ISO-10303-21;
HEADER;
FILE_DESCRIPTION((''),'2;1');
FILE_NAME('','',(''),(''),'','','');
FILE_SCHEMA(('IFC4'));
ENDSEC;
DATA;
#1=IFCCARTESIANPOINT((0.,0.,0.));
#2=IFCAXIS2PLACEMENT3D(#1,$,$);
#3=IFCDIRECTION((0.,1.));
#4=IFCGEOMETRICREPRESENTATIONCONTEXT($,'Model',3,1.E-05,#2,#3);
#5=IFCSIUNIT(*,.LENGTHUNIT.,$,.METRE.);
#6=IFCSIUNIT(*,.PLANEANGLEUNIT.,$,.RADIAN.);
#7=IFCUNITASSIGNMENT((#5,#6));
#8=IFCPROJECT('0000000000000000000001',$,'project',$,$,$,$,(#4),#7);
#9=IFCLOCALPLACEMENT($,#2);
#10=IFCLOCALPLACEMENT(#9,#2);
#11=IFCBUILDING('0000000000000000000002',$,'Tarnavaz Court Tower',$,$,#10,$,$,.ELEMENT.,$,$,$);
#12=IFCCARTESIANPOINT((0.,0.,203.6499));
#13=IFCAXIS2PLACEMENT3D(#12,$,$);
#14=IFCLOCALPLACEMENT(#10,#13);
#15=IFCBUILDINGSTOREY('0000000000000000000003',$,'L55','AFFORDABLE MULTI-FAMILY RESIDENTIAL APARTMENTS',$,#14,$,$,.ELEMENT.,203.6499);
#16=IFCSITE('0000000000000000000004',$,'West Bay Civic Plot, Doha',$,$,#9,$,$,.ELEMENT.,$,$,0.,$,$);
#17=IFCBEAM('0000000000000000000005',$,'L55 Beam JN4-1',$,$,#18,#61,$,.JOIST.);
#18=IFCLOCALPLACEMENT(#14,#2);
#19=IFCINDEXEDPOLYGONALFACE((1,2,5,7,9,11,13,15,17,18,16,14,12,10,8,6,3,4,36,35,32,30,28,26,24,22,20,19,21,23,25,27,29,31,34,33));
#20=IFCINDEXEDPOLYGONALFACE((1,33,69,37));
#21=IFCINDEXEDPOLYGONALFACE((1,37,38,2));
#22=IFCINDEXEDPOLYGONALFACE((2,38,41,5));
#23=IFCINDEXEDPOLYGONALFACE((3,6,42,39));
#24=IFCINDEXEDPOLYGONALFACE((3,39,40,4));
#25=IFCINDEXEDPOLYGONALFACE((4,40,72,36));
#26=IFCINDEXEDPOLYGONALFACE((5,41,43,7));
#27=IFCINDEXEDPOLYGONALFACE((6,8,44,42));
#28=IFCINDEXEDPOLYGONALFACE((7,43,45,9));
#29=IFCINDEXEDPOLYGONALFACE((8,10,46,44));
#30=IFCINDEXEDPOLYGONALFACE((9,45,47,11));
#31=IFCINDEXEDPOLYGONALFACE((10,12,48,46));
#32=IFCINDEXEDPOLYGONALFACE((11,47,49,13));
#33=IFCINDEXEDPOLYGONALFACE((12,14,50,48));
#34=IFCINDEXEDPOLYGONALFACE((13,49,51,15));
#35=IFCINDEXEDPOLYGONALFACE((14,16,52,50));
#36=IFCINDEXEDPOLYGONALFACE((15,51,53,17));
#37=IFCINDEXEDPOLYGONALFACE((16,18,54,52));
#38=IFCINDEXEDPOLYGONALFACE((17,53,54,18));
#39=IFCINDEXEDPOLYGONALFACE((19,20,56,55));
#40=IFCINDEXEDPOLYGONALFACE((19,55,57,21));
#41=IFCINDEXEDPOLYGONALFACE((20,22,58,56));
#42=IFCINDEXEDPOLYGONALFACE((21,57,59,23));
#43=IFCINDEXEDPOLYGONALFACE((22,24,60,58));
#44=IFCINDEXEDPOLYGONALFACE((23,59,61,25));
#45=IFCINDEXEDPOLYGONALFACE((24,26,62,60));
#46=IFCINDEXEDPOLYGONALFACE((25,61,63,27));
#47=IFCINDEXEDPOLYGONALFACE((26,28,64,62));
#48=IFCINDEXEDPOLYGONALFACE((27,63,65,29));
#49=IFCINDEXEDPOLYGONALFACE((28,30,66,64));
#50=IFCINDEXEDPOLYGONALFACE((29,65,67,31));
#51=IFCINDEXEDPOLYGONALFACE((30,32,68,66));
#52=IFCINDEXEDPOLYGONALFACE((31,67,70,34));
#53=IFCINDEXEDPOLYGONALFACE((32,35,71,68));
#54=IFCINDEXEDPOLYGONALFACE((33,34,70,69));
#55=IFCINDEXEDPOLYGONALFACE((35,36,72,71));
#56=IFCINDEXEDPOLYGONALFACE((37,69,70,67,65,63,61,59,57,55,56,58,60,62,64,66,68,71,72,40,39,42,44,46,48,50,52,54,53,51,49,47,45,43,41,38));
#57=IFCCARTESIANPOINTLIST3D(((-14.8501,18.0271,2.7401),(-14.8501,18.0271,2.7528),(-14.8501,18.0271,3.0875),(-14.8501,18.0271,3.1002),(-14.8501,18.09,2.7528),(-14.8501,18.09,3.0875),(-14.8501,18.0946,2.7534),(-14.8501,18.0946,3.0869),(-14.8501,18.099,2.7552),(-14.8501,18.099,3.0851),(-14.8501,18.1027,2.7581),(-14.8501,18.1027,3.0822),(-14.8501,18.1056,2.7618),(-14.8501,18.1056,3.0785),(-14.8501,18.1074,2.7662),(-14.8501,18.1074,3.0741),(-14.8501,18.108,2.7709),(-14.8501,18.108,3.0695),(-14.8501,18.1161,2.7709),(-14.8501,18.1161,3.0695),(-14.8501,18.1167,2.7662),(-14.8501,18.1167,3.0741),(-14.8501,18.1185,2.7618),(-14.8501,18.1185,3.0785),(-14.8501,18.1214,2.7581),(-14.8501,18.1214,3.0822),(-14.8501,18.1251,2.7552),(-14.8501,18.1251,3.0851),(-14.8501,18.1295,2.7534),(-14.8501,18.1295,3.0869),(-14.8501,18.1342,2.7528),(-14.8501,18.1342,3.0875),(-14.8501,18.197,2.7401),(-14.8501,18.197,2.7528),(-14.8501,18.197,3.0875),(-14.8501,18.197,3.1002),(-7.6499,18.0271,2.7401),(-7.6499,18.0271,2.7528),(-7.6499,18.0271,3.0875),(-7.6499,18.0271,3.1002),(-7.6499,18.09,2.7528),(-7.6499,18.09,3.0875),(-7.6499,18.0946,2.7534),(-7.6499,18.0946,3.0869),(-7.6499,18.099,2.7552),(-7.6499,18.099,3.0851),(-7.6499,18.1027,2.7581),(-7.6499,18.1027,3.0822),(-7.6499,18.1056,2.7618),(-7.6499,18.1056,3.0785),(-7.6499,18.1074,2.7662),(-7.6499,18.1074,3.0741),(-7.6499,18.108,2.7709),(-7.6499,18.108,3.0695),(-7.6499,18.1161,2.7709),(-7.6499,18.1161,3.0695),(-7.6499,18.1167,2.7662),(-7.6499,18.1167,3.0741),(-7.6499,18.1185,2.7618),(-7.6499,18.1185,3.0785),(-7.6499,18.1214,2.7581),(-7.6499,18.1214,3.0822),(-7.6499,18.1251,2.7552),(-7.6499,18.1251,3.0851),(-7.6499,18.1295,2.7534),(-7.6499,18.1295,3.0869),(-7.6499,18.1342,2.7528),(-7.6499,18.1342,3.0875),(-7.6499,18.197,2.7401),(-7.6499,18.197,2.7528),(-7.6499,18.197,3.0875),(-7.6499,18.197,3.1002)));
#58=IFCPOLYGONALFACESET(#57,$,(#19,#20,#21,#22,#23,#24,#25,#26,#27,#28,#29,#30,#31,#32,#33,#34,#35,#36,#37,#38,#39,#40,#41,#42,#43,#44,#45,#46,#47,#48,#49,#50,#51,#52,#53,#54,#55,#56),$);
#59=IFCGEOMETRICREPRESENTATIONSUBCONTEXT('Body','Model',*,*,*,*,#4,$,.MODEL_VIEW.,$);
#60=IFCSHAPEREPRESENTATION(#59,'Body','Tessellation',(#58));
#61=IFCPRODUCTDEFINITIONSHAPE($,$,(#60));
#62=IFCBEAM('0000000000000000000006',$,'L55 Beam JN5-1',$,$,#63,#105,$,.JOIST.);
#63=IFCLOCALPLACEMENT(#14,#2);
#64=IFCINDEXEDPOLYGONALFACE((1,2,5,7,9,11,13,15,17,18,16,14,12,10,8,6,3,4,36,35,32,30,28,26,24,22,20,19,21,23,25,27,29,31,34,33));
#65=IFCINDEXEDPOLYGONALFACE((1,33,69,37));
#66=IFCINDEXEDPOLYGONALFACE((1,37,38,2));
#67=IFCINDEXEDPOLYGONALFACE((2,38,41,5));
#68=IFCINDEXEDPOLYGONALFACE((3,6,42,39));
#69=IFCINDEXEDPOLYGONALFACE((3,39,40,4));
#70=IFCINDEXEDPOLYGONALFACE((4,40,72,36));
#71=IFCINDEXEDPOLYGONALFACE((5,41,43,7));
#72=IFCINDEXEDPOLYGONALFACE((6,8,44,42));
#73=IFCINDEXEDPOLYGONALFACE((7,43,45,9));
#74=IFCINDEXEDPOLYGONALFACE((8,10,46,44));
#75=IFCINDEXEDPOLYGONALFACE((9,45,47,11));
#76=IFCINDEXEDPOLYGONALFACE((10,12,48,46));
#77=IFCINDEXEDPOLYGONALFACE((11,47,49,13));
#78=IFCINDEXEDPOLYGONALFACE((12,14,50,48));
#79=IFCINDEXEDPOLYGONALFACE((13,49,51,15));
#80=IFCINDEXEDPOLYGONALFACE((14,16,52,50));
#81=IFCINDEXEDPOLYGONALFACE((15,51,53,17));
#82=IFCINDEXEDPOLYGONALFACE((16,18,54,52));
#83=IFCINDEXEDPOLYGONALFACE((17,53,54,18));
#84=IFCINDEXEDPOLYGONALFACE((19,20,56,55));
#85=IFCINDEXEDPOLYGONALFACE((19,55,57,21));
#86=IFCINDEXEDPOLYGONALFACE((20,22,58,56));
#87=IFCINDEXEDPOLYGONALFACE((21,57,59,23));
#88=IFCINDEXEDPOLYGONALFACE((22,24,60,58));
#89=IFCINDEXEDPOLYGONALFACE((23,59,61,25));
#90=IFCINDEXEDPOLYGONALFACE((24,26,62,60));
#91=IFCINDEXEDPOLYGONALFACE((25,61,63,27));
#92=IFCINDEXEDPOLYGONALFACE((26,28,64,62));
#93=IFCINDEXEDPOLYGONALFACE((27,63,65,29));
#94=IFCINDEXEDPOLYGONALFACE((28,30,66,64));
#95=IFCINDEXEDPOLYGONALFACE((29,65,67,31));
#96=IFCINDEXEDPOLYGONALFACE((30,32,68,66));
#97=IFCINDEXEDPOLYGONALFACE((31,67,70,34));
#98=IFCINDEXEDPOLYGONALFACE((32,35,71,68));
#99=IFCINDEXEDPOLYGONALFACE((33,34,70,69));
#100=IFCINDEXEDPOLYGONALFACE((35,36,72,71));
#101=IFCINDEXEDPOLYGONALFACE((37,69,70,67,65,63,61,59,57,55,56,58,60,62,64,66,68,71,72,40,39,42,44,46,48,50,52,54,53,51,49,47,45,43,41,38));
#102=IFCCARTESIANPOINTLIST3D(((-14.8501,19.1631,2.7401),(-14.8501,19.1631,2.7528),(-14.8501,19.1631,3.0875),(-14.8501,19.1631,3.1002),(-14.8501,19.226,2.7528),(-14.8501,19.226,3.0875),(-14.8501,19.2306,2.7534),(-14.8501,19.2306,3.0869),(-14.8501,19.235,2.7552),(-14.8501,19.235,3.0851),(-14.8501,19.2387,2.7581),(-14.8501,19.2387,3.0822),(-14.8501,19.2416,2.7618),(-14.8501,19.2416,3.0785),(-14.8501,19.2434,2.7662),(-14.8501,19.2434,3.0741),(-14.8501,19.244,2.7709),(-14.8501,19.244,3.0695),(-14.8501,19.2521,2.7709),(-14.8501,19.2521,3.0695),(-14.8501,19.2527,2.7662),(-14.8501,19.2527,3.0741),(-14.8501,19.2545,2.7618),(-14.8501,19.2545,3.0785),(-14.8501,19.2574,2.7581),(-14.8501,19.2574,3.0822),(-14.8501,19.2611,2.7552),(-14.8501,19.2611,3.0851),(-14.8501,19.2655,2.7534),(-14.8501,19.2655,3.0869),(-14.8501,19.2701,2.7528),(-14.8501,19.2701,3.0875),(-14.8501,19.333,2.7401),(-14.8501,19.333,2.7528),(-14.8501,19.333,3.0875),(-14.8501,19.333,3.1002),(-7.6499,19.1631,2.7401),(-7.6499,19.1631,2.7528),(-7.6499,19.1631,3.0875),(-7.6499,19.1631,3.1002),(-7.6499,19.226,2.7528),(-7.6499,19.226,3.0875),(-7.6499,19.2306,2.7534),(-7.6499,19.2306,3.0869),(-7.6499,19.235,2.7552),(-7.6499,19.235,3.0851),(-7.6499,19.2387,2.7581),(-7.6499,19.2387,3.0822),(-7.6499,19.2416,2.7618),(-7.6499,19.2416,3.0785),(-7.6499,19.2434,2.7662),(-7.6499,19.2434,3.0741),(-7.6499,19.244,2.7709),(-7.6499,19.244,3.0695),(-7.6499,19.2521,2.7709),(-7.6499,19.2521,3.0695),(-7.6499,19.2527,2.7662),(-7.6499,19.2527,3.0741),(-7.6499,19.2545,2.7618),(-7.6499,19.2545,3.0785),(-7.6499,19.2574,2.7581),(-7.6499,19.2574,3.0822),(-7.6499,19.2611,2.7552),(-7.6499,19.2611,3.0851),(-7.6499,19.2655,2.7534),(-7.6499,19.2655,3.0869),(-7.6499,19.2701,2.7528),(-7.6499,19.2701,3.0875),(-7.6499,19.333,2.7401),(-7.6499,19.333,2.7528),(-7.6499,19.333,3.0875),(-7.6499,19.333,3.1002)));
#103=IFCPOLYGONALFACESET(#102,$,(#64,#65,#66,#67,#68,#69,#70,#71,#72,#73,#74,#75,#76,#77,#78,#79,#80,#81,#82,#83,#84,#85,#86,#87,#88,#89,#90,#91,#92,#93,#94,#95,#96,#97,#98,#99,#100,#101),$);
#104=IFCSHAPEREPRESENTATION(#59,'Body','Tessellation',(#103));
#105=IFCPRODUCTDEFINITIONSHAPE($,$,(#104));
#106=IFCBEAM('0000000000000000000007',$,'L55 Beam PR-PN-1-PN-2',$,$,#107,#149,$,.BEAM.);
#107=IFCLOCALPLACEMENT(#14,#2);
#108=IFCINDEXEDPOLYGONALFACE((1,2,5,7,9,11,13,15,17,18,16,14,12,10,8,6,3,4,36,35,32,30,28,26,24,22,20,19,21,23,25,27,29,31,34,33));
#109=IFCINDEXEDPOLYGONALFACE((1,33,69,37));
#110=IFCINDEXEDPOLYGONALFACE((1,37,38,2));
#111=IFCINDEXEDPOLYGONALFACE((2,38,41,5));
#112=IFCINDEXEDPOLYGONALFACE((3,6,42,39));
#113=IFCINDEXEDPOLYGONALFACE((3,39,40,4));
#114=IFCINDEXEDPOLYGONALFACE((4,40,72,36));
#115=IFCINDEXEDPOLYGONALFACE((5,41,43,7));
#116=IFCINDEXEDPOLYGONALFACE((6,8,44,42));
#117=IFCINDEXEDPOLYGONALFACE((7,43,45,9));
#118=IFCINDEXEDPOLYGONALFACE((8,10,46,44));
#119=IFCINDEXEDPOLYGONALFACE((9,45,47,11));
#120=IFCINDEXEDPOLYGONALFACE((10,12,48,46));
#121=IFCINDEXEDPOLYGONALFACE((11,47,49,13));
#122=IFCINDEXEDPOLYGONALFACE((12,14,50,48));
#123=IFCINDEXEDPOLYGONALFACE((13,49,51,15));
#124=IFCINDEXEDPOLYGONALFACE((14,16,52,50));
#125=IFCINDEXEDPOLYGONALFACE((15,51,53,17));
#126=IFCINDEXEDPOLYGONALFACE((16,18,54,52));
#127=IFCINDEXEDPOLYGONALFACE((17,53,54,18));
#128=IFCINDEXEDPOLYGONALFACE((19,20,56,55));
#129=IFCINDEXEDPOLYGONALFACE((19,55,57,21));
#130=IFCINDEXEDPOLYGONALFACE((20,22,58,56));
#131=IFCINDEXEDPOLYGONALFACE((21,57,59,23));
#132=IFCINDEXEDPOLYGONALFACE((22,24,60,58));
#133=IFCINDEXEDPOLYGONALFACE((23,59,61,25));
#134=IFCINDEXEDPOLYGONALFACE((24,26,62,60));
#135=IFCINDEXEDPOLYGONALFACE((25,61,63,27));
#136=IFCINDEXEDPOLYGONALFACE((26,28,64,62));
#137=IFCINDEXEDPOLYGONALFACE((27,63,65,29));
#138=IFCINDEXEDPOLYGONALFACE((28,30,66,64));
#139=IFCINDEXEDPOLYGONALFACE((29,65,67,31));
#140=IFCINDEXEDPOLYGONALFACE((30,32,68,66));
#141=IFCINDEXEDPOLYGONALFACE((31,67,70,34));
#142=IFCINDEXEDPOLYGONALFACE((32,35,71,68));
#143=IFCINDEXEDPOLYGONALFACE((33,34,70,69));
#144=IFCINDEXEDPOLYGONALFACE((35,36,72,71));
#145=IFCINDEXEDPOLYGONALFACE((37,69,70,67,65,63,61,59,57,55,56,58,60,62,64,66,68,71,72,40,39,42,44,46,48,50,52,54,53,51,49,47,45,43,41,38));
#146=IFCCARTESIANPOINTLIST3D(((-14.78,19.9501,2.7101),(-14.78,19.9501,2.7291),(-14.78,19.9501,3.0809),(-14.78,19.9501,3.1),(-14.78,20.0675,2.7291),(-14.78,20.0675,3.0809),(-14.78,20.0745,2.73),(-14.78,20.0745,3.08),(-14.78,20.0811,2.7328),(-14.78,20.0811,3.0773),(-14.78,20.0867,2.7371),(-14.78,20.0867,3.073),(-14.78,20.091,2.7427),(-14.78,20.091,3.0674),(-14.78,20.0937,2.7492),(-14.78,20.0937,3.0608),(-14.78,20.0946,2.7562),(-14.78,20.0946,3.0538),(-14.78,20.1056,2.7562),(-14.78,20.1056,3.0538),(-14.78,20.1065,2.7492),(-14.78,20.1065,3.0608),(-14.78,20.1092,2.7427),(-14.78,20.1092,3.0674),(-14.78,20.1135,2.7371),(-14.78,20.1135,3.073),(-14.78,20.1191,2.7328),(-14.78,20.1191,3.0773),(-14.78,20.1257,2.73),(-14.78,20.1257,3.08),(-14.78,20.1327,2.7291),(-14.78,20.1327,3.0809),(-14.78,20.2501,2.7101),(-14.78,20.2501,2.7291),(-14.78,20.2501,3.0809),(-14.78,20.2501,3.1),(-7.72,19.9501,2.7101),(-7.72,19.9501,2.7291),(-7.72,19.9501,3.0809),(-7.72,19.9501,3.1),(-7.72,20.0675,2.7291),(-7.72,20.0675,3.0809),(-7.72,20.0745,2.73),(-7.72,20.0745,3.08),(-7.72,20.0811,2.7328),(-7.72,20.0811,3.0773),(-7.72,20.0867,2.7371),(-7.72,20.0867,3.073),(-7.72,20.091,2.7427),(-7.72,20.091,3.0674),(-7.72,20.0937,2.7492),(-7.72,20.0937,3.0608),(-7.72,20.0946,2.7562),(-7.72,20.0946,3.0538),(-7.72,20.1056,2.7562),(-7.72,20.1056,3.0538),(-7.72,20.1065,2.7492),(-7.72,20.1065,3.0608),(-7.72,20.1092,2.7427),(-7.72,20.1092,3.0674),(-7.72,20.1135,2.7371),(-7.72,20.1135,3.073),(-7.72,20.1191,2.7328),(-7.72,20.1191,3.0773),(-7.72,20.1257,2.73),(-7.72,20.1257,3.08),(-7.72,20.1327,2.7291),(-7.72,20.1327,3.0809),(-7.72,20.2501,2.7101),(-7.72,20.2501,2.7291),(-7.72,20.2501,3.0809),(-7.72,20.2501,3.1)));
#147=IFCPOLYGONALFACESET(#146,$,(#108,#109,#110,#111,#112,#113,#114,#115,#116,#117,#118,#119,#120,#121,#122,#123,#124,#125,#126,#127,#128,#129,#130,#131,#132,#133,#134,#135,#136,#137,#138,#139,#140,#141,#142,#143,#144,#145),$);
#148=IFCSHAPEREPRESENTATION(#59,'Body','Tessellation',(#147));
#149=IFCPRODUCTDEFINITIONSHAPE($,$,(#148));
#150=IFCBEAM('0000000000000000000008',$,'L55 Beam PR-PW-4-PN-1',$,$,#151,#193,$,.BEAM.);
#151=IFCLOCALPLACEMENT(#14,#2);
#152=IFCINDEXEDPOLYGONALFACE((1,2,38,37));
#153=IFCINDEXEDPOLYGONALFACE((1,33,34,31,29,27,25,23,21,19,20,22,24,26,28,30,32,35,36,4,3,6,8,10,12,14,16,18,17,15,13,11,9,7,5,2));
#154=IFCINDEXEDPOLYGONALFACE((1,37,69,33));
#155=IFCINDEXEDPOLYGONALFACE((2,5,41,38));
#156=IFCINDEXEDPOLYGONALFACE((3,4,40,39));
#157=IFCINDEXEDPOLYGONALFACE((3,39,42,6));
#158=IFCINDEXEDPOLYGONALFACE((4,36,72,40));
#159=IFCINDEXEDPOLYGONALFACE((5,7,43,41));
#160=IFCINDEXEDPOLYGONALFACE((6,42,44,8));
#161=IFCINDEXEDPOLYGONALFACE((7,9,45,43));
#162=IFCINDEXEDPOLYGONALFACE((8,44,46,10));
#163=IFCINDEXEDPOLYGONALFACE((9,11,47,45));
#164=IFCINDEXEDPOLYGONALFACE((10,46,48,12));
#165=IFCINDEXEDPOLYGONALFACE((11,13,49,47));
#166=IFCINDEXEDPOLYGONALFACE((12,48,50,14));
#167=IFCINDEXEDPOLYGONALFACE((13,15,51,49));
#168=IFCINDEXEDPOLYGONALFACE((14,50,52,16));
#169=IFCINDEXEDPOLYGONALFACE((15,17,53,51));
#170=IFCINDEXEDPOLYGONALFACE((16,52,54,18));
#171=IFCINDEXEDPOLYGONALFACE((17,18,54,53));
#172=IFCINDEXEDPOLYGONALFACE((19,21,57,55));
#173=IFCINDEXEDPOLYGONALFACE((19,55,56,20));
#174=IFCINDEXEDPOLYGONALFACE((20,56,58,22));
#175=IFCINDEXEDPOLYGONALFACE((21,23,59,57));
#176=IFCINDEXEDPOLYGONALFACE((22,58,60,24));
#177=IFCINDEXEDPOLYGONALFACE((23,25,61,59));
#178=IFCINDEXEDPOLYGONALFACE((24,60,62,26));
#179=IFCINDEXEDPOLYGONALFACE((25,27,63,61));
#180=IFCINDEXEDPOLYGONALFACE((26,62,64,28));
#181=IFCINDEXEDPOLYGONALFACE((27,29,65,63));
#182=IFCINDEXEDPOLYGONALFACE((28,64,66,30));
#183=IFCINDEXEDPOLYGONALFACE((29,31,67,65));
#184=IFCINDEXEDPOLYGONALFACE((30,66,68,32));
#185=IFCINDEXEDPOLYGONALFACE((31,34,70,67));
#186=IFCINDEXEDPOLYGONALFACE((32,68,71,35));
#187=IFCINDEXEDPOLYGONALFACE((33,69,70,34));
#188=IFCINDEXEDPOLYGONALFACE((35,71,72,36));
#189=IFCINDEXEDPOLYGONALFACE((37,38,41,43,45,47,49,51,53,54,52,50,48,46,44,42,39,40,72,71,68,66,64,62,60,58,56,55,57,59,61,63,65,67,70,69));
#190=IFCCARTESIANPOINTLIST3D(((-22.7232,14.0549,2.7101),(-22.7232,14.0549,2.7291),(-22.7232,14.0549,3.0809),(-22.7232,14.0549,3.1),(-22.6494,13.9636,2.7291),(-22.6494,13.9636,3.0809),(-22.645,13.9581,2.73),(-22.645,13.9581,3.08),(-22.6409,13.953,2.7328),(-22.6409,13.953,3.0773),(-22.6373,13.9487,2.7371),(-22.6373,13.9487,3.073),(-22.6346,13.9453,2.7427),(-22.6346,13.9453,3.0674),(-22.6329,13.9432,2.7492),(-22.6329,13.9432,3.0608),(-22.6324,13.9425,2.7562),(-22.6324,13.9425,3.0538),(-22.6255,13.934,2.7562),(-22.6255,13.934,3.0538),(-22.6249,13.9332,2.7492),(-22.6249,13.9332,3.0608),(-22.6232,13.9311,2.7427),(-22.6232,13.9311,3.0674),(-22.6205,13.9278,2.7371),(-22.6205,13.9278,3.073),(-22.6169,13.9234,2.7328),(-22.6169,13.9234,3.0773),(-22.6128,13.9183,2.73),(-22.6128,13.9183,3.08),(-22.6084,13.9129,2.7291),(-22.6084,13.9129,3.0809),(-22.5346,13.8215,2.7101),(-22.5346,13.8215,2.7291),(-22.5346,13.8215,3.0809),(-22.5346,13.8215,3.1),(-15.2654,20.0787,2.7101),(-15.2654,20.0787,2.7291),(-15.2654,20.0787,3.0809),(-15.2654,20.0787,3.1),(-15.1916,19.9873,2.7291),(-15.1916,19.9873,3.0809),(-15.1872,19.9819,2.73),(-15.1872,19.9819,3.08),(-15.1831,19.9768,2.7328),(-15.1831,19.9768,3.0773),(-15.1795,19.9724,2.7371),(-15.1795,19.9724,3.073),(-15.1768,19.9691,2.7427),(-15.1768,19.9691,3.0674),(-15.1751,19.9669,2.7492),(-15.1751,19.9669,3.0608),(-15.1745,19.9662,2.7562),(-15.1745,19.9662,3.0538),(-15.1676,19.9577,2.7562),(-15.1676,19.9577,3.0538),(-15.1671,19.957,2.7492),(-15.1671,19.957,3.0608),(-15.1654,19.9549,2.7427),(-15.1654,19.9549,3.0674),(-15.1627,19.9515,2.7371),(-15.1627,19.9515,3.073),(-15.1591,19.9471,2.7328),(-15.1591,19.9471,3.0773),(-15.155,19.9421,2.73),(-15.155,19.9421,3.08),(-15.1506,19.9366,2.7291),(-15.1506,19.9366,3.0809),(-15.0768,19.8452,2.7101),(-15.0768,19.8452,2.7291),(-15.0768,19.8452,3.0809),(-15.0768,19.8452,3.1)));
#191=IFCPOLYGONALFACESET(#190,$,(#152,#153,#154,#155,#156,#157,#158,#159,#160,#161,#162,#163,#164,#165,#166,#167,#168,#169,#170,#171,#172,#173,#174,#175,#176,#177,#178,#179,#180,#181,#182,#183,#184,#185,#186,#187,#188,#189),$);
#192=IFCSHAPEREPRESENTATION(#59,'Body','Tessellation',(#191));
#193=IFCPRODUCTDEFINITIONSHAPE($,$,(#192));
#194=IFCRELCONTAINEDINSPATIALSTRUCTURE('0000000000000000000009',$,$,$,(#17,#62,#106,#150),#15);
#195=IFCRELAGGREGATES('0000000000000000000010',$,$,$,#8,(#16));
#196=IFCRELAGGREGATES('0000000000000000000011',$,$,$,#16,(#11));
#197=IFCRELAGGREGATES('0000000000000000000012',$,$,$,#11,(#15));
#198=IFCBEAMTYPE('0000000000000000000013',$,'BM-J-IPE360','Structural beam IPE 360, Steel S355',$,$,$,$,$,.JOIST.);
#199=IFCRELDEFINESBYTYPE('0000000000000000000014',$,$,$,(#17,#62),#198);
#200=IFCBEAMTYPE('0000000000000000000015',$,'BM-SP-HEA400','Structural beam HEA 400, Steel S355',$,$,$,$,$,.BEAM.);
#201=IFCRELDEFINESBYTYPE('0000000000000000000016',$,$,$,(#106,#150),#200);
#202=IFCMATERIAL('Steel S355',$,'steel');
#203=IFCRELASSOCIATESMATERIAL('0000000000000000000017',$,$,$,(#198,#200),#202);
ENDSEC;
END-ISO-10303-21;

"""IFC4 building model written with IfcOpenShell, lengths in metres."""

from ifc_helpers import new_model, si_unit, direction, frame, origin, origin_2d, place, context, subcontext, project, spatial, i_section, extrude, material, material_profile, profile_set, type_object, element, save


model = new_model("IFC4")

# Units and contexts
model_context = context("Model", 3, precision=1e-05, world=origin(), true_north=direction((0.0, 1.0)))
body_context = subcontext(model_context, "Body", "Model", "MODEL_VIEW")
ifc_project = project(units=[si_unit("LENGTHUNIT", "METRE"), si_unit("PLANEANGLEUNIT", "RADIAN")], contexts=[model_context])

# Site, building, storey
site_placement = place(None, origin())
site = spatial("IfcSite", under=ifc_project, at=site_placement, Name="West Bay Civic Plot, Doha", CompositionType="ELEMENT", RefElevation=0.0)
building_placement = place(site_placement, origin())
building = spatial("IfcBuilding", under=site, at=building_placement, Name="Tarnavaz Court Tower", CompositionType="ELEMENT")
storey_placement = place(building_placement, frame((0.0, 0.0, 203.6499)))
storey = spatial("IfcBuildingStorey", under=building, at=storey_placement, Name="L55", Description="AFFORDABLE MULTI-FAMILY RESIDENTIAL APARTMENTS", CompositionType="ELEMENT", Elevation=203.6499)

# Beams
ifc_material_1 = material(Name="Steel S355", Category="steel")
ifc_material_profile_1 = material_profile(ifc_material_1, i_section(OverallWidth=0.1699, OverallDepth=0.3601, WebThickness=0.0081, FlangeThickness=0.0127, FilletRadius=0.0181, at=origin_2d()), Name="IPE 360")
ifc_profile_set_1 = profile_set([ifc_material_profile_1], Name="Steel S355")
beam_type_1 = type_object("IfcBeamType", Name="BM-J-IPE360", Description="Structural beam IPE 360, Steel S355", PredefinedType="JOIST", material=ifc_profile_set_1)
for number, where, z_axis, x_axis, name in (
    (1, (-14.8501, 18.1121, 2.9202), (1.0, 0.0, 0.0), (0.0, 1.0, 0.0), "L55 Beam JN4-1"),
    (2, (-14.8501, 19.248, 2.9202), (1.0, 0.0, 0.0), (0.0, 1.0, 0.0), "L55 Beam JN5-1"),
):
    element("IfcBeam", number, at=place(storey_placement, frame(where, z_axis=z_axis, x_axis=x_axis)), inside=storey, type_object=beam_type_1, Name=name, PredefinedType="JOIST", context=body_context, shape_type="SweptSolid", body=[
        extrude(i_section(OverallWidth=0.1699, OverallDepth=0.3601, WebThickness=0.0081, FlangeThickness=0.0127, FilletRadius=0.0181, at=origin_2d()), origin(), (0.0, 0.0, 1.0), 7.2002),
    ])
ifc_material_profile_2 = material_profile(ifc_material_1, i_section(OverallWidth=0.3, OverallDepth=0.3899, WebThickness=0.011, FlangeThickness=0.019, FilletRadius=0.0271, at=origin_2d()), Name="HEA 400")
ifc_profile_set_2 = profile_set([ifc_material_profile_2], Name="Steel S355")
beam_type_2 = type_object("IfcBeamType", Name="BM-SP-HEA400", Description="Structural beam HEA 400, Steel S355", PredefinedType="BEAM", material=ifc_profile_set_2)
beam_1_placement = place(storey_placement, frame((-14.78, 20.1001, 2.905), z_axis=(1.0, 0.0, 0.0), x_axis=(0.0, 1.0, 0.0)))
element("IfcBeam", 3, at=beam_1_placement, inside=storey, type_object=beam_type_2, Name="L55 Beam PR-PN-1-PN-2", PredefinedType="BEAM", context=body_context, shape_type="SweptSolid", body=[
    extrude(i_section(OverallWidth=0.3, OverallDepth=0.3899, WebThickness=0.011, FlangeThickness=0.019, FilletRadius=0.0271, at=origin_2d()), origin(), (0.0, 0.0, 1.0), 7.0601),
])
beam_2_placement = place(storey_placement, frame((-22.6289, 13.9382, 2.905), z_axis=(0.777936, 0.628344, 0.0), x_axis=(-0.628344, 0.777936, 0.0)))
element("IfcBeam", 4, at=beam_2_placement, inside=storey, type_object=beam_type_2, Name="L55 Beam PR-PW-4-PN-1", PredefinedType="BEAM", context=body_context, shape_type="SweptSolid", body=[
    extrude(i_section(OverallWidth=0.3, OverallDepth=0.3899, WebThickness=0.011, FlangeThickness=0.019, FilletRadius=0.0271, at=origin_2d()), origin(), (0.0, 0.0, 1.0), 9.5867),
])

save(model, "model.ifc")
